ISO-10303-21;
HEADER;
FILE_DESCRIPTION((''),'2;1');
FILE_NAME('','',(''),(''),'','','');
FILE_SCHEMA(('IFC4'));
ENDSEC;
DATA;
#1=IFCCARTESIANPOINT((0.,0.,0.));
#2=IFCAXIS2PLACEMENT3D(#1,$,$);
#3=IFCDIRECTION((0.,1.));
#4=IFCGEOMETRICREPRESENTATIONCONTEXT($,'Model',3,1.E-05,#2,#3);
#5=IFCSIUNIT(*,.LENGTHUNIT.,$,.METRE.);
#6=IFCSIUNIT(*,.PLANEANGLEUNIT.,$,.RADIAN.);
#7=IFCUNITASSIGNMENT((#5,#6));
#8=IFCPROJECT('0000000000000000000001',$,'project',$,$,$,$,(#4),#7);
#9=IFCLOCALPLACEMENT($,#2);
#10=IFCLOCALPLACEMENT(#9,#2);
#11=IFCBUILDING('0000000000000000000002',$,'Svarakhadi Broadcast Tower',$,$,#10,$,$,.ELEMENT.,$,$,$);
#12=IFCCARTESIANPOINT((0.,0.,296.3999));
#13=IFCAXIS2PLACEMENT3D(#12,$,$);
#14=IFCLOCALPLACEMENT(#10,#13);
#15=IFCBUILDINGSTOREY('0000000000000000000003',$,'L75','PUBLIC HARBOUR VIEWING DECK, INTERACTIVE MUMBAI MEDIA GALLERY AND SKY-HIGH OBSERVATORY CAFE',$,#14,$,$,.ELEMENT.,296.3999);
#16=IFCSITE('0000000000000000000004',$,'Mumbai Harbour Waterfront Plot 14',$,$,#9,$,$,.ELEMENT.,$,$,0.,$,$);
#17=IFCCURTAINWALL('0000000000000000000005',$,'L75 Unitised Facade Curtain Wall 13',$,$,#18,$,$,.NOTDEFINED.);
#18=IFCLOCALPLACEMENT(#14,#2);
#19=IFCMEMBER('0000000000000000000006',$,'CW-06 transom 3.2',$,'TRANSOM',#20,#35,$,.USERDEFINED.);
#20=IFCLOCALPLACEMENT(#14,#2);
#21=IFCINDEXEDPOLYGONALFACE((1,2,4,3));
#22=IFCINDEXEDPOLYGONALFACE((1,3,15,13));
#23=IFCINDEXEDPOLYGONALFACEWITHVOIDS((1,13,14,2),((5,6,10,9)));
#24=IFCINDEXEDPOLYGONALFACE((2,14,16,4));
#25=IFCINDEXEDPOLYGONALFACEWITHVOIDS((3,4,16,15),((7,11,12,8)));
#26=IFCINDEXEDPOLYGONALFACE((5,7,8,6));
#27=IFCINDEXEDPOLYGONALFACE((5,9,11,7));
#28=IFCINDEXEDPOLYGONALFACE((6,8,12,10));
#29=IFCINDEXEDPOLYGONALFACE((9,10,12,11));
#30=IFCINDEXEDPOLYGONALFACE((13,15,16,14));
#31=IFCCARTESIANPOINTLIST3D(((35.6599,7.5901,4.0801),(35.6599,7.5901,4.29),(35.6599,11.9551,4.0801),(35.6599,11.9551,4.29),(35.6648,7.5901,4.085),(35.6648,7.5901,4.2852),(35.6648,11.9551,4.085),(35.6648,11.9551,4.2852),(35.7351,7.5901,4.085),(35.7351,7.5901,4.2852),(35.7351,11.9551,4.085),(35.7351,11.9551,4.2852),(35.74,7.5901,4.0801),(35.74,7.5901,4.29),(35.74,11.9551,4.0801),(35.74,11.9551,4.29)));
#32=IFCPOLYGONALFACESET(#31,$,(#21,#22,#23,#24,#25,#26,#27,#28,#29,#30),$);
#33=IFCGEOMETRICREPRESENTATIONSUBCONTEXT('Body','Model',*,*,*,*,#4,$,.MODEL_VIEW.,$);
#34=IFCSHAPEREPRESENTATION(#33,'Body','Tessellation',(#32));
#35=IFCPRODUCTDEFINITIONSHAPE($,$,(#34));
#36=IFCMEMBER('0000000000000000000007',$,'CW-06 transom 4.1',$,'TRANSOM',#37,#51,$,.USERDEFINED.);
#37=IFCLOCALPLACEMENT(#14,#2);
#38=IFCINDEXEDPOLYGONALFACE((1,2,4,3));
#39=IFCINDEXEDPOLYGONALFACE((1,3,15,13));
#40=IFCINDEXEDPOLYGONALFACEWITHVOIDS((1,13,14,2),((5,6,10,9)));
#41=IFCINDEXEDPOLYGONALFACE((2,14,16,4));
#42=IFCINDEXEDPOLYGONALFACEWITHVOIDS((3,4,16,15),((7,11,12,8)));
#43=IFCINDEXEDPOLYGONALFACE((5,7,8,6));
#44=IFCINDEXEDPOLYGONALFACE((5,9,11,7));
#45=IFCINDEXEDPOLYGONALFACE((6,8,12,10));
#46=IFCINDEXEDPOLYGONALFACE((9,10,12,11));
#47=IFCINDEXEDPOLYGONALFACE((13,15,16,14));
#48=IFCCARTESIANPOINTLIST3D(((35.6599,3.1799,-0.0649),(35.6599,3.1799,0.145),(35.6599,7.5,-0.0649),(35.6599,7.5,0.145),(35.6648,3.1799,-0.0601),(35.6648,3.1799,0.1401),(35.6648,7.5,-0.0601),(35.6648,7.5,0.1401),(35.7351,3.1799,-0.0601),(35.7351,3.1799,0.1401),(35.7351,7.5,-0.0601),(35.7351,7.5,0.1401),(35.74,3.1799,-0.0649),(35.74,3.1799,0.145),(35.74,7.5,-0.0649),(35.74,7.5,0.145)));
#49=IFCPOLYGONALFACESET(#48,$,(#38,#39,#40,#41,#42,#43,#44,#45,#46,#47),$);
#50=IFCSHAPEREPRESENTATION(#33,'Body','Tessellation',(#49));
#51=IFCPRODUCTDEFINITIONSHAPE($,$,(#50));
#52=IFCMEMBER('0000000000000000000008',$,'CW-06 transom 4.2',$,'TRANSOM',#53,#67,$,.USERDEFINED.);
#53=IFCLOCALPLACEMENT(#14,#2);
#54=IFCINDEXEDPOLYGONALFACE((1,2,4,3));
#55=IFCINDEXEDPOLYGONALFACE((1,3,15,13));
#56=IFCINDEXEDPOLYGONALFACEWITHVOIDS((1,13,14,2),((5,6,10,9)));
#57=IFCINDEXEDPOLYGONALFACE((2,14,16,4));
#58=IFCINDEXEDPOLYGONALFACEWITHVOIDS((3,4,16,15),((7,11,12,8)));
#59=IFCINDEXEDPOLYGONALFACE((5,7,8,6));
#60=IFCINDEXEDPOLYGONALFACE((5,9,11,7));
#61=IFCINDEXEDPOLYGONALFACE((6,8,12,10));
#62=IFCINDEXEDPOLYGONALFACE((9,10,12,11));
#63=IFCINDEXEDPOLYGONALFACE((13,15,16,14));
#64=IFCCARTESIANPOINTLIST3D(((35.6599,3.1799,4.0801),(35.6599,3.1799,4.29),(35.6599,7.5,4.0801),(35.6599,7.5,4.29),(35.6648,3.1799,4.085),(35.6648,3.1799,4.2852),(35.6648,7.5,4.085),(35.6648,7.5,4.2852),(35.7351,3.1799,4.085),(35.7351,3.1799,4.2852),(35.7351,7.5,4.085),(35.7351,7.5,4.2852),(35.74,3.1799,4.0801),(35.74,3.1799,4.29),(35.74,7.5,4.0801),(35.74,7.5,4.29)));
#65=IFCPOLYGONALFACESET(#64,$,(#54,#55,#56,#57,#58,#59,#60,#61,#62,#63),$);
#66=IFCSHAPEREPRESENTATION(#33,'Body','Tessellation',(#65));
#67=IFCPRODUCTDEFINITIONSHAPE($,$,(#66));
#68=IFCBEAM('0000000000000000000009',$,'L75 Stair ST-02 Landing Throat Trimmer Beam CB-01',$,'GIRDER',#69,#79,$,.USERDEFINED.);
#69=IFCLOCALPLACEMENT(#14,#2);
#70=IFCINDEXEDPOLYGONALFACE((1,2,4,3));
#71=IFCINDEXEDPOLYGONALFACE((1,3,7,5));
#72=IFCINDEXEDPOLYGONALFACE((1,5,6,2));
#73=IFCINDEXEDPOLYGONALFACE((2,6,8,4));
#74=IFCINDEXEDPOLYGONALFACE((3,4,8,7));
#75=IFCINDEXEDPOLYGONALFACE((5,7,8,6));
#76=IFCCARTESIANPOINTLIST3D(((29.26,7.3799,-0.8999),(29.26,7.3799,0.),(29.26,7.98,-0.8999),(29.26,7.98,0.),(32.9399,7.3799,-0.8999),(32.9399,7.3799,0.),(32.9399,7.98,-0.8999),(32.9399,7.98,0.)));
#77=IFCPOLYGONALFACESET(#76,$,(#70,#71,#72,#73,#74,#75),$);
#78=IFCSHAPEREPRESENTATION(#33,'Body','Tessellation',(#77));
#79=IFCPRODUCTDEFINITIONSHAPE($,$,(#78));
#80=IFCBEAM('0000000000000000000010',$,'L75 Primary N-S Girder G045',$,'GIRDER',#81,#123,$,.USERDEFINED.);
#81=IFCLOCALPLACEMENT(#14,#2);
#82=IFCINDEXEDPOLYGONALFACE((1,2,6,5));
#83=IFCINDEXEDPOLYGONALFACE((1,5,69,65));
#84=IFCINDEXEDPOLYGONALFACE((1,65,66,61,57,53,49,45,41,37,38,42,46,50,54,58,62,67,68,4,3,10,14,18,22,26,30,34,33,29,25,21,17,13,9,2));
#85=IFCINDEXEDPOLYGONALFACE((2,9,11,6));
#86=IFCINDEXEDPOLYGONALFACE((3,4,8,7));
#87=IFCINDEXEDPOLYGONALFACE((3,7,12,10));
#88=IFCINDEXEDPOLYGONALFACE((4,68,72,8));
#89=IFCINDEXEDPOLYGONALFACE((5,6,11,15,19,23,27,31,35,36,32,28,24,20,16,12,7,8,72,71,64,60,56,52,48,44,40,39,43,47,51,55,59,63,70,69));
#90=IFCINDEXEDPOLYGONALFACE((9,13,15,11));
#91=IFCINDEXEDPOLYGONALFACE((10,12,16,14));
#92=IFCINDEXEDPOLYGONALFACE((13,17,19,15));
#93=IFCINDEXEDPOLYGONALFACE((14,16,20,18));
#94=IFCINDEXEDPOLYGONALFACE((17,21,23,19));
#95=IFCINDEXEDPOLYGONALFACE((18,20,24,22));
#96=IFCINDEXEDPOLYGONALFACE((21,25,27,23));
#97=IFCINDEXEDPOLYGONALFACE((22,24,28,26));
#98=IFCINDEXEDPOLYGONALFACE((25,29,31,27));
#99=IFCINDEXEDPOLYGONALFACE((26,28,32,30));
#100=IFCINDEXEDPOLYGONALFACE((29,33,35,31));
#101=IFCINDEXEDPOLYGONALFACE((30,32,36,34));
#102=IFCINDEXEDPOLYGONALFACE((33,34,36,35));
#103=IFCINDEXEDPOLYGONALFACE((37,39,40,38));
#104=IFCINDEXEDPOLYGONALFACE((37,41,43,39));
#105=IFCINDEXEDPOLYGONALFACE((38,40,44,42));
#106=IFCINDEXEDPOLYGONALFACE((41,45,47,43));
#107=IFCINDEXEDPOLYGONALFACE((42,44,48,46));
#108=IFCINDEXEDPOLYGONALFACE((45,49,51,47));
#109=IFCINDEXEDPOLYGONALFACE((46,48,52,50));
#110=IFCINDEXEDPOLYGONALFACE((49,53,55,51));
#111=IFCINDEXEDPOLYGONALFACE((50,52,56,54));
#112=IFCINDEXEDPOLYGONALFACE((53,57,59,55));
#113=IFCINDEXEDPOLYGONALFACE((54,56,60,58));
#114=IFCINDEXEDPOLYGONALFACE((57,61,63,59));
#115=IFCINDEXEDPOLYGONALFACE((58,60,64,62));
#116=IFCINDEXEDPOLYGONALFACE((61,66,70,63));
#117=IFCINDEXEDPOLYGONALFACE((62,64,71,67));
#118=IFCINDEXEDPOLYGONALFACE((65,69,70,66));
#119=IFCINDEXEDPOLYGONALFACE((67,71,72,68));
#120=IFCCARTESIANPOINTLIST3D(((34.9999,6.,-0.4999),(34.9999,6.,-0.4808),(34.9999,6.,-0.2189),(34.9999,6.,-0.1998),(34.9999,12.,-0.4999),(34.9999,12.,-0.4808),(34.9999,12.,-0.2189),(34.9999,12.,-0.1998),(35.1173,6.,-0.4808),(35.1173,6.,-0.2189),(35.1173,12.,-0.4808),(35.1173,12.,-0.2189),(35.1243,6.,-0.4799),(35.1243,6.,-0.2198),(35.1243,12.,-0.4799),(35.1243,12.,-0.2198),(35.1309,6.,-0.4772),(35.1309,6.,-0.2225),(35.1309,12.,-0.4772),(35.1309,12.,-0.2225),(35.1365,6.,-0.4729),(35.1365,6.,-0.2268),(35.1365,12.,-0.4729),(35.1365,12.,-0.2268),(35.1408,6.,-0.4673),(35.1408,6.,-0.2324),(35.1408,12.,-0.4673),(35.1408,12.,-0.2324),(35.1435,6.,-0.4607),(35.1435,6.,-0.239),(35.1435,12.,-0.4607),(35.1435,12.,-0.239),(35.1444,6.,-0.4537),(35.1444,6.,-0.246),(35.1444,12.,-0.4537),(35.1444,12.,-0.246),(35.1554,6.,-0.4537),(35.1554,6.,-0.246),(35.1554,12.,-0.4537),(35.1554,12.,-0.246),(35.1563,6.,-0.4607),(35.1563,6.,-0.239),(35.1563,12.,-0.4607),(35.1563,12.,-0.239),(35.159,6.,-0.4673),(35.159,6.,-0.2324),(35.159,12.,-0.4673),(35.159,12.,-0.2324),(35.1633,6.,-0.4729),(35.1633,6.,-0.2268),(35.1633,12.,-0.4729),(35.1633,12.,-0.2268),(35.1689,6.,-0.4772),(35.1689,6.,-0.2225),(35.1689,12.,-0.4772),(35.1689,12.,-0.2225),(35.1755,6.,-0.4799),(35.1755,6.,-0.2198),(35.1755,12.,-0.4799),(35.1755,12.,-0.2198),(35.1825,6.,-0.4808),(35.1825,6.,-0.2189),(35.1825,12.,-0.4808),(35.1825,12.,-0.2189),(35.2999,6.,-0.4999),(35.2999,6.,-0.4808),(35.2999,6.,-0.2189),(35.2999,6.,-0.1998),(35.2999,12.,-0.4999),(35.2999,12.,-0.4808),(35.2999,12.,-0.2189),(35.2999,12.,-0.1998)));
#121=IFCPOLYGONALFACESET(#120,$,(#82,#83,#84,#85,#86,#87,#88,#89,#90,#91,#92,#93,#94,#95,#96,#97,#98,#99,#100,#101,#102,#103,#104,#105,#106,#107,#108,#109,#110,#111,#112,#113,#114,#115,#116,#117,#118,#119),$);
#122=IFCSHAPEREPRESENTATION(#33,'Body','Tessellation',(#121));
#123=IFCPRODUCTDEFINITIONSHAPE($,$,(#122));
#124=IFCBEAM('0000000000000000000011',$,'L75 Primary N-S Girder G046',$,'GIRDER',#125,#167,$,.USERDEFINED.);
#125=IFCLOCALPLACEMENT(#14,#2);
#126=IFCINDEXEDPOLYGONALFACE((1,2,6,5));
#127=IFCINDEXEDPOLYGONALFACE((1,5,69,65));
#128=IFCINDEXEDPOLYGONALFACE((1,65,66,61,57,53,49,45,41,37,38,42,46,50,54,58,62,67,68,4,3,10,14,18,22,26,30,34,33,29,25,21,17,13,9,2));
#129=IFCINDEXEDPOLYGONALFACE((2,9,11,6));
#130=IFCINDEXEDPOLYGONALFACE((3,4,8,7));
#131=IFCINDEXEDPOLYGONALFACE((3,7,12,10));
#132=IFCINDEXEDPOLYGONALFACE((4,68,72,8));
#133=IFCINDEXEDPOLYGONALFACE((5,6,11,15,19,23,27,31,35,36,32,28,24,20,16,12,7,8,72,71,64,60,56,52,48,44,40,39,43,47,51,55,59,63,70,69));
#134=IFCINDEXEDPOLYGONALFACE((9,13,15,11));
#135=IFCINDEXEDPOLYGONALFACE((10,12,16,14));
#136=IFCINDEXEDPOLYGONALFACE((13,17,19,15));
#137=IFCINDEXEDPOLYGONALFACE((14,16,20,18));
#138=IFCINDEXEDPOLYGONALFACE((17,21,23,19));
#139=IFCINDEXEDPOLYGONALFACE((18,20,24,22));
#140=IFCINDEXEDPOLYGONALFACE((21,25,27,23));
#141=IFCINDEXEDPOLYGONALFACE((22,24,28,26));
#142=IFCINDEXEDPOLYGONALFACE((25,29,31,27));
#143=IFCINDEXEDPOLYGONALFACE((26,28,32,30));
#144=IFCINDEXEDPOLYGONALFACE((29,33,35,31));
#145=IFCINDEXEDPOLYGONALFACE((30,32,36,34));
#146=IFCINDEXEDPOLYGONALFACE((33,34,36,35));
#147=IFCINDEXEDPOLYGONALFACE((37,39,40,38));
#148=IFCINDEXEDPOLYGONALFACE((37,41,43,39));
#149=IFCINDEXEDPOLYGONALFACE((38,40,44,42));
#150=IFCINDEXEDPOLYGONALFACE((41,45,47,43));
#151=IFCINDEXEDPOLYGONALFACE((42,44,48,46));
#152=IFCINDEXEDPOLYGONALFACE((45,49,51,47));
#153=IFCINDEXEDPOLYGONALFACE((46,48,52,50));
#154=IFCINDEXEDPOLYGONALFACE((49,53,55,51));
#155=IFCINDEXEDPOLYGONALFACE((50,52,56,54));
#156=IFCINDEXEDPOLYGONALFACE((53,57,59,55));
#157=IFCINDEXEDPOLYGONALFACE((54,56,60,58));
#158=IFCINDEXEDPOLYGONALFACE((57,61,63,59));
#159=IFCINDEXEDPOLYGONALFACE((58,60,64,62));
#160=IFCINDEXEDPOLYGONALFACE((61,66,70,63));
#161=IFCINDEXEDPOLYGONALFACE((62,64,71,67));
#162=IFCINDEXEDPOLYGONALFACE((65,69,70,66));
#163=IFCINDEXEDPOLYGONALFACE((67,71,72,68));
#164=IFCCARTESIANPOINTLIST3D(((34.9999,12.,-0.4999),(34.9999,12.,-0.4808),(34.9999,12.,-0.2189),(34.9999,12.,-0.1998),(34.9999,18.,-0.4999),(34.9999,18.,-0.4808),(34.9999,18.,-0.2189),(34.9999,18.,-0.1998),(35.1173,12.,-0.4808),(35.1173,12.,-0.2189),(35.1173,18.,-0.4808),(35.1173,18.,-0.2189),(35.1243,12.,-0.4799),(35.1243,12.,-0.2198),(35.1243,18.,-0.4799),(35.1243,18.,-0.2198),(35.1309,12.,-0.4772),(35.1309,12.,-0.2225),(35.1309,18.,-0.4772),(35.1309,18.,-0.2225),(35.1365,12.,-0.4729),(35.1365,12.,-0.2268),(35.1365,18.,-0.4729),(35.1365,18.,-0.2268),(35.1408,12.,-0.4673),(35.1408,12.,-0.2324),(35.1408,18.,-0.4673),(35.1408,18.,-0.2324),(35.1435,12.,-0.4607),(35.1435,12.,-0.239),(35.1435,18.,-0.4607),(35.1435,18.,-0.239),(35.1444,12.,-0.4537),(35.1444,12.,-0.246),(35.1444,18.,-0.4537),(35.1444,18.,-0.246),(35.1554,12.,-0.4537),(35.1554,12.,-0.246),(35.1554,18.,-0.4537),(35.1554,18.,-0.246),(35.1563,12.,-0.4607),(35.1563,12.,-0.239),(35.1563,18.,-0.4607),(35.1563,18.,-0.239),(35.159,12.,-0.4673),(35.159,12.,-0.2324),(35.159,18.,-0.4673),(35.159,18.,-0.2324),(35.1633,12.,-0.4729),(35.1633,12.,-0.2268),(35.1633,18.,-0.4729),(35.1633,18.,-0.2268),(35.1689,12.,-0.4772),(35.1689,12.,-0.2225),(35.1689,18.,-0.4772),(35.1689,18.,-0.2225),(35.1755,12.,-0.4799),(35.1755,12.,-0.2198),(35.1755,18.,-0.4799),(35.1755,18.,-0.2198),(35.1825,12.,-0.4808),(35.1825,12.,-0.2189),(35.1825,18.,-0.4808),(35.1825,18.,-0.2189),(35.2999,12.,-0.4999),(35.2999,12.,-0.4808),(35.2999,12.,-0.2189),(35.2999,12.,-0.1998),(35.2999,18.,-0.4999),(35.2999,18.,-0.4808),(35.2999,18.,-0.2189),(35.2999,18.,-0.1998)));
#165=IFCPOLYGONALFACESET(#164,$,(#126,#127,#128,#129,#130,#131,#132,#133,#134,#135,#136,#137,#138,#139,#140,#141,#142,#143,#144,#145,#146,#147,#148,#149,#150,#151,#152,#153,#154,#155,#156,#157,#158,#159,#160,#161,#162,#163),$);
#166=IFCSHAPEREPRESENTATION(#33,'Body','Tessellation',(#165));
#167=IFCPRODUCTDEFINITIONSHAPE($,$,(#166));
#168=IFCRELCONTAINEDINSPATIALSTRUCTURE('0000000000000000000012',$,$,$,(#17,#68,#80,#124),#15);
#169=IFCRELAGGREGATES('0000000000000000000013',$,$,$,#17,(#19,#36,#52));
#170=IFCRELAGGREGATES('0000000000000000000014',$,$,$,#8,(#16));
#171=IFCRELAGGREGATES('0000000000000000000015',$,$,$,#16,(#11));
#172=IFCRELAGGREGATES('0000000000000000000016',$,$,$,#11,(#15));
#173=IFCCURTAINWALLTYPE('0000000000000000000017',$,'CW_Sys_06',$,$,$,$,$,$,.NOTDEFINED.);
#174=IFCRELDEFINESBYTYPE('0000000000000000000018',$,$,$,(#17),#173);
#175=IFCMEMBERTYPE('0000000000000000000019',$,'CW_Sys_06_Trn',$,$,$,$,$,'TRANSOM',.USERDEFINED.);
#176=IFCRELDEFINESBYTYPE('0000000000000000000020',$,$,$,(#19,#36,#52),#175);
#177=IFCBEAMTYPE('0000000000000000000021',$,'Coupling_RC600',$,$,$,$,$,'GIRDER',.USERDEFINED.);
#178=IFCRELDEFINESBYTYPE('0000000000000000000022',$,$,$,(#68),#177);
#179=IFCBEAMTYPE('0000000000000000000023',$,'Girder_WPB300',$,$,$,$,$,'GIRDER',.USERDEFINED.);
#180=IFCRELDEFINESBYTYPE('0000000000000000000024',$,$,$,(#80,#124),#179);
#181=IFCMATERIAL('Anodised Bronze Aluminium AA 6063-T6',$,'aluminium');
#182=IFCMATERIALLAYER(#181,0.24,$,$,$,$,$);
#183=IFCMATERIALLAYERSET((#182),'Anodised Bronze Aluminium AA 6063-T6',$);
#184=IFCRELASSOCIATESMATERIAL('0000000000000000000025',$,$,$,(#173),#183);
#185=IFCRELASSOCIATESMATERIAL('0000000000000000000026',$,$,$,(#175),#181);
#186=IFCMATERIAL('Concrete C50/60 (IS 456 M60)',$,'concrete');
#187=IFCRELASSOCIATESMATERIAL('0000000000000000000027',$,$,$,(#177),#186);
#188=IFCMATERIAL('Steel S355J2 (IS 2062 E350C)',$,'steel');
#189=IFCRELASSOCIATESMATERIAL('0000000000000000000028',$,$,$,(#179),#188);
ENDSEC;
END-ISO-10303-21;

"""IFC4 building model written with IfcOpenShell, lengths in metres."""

from ifc_helpers import new_model, si_unit, direction, frame, origin, origin_2d, place, context, subcontext, project, spatial, rectangle, hollow_rectangle, i_section, extrude, material, layer, layer_set, material_profile, profile_set, type_object, element, aggregate, save


model = new_model("IFC4")

# Units and contexts
model_context = context("Model", 3, precision=1e-05, world=origin(), true_north=direction((0.0, 1.0)))
body_context = subcontext(model_context, "Body", "Model", "MODEL_VIEW")
ifc_project = project(units=[si_unit("LENGTHUNIT", "METRE"), si_unit("PLANEANGLEUNIT", "RADIAN")], contexts=[model_context])

# Site, building, storey
site_placement = place(None, origin())
site = spatial("IfcSite", under=ifc_project, at=site_placement, Name="Mumbai Harbour Waterfront Plot 14", CompositionType="ELEMENT", RefElevation=0.0)
building_placement = place(site_placement, origin())
building = spatial("IfcBuilding", under=site, at=building_placement, Name="Svarakhadi Broadcast Tower", CompositionType="ELEMENT")
storey_placement = place(building_placement, frame((0.0, 0.0, 296.3999)))
storey = spatial("IfcBuildingStorey", under=building, at=storey_placement, Name="L75", Description="PUBLIC HARBOUR VIEWING DECK, INTERACTIVE MUMBAI MEDIA GALLERY AND SKY-HIGH OBSERVATORY CAFE", CompositionType="ELEMENT", Elevation=296.3999)

# Curtain wall, members
ifc_material_1 = material(Name="Anodised Bronze Aluminium AA 6063-T6", Category="aluminium")
ifc_layer_1 = layer(ifc_material_1, 0.24)
ifc_layer_set_1 = layer_set([ifc_layer_1], Name="Anodised Bronze Aluminium AA 6063-T6")
curtain_wall_type = type_object("IfcCurtainWallType", Name="CW_Sys_06", PredefinedType="NOTDEFINED", material=ifc_layer_set_1)
curtain_wall_placement = place(storey_placement, origin())
curtain_wall = element("IfcCurtainWall", 1, at=curtain_wall_placement, inside=storey, type_object=curtain_wall_type, Name="L75 Unitised Facade Curtain Wall 13", PredefinedType="NOTDEFINED")
ifc_material_profile_1 = material_profile(ifc_material_1, hollow_rectangle(XDim=0.0801, YDim=0.21, WallThickness=0.0049, at=origin_2d()), Name="ALU TRANSOM 210x80x5")
ifc_profile_set_1 = profile_set([ifc_material_profile_1], Name="Anodised Bronze Aluminium AA 6063-T6")
member_type_1 = type_object("IfcMemberType", Name="CW_Sys_06_Trn", ElementType="TRANSOM", PredefinedType="USERDEFINED", material=ifc_profile_set_1)
member_1_placement = place(storey_placement, frame((35.7, 11.9551, 4.1851), z_axis=(0.0, -1.0, 0.0), x_axis=(1.0, 0.0, 0.0)))
member_1 = element("IfcMember", 2, at=member_1_placement, type_object=member_type_1, Name="CW-06 transom 3.2", ObjectType="TRANSOM", PredefinedType="USERDEFINED", context=body_context, shape_type="SweptSolid", body=[
    extrude(hollow_rectangle(XDim=0.0801, YDim=0.21, WallThickness=0.0049, at=origin_2d()), origin(), (0.0, 0.0, 1.0), 4.365),
])
member_2_placement = place(storey_placement, frame((35.7, 7.5, 0.04), z_axis=(0.0, -1.0, 0.0), x_axis=(1.0, 0.0, 0.0)))
member_2 = element("IfcMember", 3, at=member_2_placement, type_object=member_type_1, Name="CW-06 transom 4.1", ObjectType="TRANSOM", PredefinedType="USERDEFINED", context=body_context, shape_type="SweptSolid", body=[
    extrude(hollow_rectangle(XDim=0.0801, YDim=0.21, WallThickness=0.0049, at=origin_2d()), origin(), (0.0, 0.0, 1.0), 4.3201),
])
member_3_placement = place(storey_placement, frame((35.7, 7.5, 4.1851), z_axis=(0.0, -1.0, 0.0), x_axis=(1.0, 0.0, 0.0)))
member_3 = element("IfcMember", 4, at=member_3_placement, type_object=member_type_1, Name="CW-06 transom 4.2", ObjectType="TRANSOM", PredefinedType="USERDEFINED", context=body_context, shape_type="SweptSolid", body=[
    extrude(hollow_rectangle(XDim=0.0801, YDim=0.21, WallThickness=0.0049, at=origin_2d()), origin(), (0.0, 0.0, 1.0), 4.3201),
])

# Beams
ifc_material_2 = material(Name="Concrete C50/60 (IS 456 M60)", Category="concrete")
ifc_material_profile_2 = material_profile(ifc_material_2, rectangle(XDim=0.6001, YDim=0.8999, at=origin_2d()), Name="RC 600x900")
ifc_profile_set_2 = profile_set([ifc_material_profile_2], Name="Concrete C50/60 (IS 456 M60)")
beam_type_1 = type_object("IfcBeamType", Name="Coupling_RC600", ElementType="GIRDER", PredefinedType="USERDEFINED", material=ifc_profile_set_2)
beam_1_placement = place(storey_placement, frame((29.26, 7.6799, -0.45), z_axis=(1.0, 0.0, 0.0), x_axis=(0.0, 1.0, 0.0)))
element("IfcBeam", 5, at=beam_1_placement, inside=storey, type_object=beam_type_1, Name="L75 Stair ST-02 Landing Throat Trimmer Beam CB-01", ObjectType="GIRDER", PredefinedType="USERDEFINED", context=body_context, shape_type="SweptSolid", body=[
    extrude(rectangle(XDim=0.6001, YDim=0.8999, at=origin_2d()), origin(), (0.0, 0.0, 1.0), 3.6799),
])
ifc_material_3 = material(Name="Steel S355J2 (IS 2062 E350C)", Category="steel")
ifc_material_profile_3 = material_profile(ifc_material_3, i_section(OverallWidth=0.3, OverallDepth=0.3, WebThickness=0.011, FlangeThickness=0.019, FilletRadius=0.0271, at=origin_2d()), Name="WPB 300x300x117")
ifc_profile_set_3 = profile_set([ifc_material_profile_3], Name="Steel S355J2 (IS 2062 E350C)")
beam_type_2 = type_object("IfcBeamType", Name="Girder_WPB300", ElementType="GIRDER", PredefinedType="USERDEFINED", material=ifc_profile_set_3)
for number, where, z_axis, x_axis, name in (
    (6, (35.1499, 6.0, -0.3499), (0.0, 1.0, 0.0), (-1.0, 0.0, 0.0), "L75 Primary N-S Girder G045"),
    (7, (35.1499, 12.0, -0.3499), (0.0, 1.0, 0.0), (-1.0, 0.0, 0.0), "L75 Primary N-S Girder G046"),
):
    element("IfcBeam", number, at=place(storey_placement, frame(where, z_axis=z_axis, x_axis=x_axis)), inside=storey, type_object=beam_type_2, Name=name, ObjectType="GIRDER", PredefinedType="USERDEFINED", context=body_context, shape_type="SweptSolid", body=[
        extrude(i_section(OverallWidth=0.3, OverallDepth=0.3, WebThickness=0.011, FlangeThickness=0.019, FilletRadius=0.0271, at=origin_2d()), origin(), (0.0, 0.0, 1.0), 6.0),
    ])

aggregate(curtain_wall, [member_1, member_2, member_3])

save(model, "model.ifc")
